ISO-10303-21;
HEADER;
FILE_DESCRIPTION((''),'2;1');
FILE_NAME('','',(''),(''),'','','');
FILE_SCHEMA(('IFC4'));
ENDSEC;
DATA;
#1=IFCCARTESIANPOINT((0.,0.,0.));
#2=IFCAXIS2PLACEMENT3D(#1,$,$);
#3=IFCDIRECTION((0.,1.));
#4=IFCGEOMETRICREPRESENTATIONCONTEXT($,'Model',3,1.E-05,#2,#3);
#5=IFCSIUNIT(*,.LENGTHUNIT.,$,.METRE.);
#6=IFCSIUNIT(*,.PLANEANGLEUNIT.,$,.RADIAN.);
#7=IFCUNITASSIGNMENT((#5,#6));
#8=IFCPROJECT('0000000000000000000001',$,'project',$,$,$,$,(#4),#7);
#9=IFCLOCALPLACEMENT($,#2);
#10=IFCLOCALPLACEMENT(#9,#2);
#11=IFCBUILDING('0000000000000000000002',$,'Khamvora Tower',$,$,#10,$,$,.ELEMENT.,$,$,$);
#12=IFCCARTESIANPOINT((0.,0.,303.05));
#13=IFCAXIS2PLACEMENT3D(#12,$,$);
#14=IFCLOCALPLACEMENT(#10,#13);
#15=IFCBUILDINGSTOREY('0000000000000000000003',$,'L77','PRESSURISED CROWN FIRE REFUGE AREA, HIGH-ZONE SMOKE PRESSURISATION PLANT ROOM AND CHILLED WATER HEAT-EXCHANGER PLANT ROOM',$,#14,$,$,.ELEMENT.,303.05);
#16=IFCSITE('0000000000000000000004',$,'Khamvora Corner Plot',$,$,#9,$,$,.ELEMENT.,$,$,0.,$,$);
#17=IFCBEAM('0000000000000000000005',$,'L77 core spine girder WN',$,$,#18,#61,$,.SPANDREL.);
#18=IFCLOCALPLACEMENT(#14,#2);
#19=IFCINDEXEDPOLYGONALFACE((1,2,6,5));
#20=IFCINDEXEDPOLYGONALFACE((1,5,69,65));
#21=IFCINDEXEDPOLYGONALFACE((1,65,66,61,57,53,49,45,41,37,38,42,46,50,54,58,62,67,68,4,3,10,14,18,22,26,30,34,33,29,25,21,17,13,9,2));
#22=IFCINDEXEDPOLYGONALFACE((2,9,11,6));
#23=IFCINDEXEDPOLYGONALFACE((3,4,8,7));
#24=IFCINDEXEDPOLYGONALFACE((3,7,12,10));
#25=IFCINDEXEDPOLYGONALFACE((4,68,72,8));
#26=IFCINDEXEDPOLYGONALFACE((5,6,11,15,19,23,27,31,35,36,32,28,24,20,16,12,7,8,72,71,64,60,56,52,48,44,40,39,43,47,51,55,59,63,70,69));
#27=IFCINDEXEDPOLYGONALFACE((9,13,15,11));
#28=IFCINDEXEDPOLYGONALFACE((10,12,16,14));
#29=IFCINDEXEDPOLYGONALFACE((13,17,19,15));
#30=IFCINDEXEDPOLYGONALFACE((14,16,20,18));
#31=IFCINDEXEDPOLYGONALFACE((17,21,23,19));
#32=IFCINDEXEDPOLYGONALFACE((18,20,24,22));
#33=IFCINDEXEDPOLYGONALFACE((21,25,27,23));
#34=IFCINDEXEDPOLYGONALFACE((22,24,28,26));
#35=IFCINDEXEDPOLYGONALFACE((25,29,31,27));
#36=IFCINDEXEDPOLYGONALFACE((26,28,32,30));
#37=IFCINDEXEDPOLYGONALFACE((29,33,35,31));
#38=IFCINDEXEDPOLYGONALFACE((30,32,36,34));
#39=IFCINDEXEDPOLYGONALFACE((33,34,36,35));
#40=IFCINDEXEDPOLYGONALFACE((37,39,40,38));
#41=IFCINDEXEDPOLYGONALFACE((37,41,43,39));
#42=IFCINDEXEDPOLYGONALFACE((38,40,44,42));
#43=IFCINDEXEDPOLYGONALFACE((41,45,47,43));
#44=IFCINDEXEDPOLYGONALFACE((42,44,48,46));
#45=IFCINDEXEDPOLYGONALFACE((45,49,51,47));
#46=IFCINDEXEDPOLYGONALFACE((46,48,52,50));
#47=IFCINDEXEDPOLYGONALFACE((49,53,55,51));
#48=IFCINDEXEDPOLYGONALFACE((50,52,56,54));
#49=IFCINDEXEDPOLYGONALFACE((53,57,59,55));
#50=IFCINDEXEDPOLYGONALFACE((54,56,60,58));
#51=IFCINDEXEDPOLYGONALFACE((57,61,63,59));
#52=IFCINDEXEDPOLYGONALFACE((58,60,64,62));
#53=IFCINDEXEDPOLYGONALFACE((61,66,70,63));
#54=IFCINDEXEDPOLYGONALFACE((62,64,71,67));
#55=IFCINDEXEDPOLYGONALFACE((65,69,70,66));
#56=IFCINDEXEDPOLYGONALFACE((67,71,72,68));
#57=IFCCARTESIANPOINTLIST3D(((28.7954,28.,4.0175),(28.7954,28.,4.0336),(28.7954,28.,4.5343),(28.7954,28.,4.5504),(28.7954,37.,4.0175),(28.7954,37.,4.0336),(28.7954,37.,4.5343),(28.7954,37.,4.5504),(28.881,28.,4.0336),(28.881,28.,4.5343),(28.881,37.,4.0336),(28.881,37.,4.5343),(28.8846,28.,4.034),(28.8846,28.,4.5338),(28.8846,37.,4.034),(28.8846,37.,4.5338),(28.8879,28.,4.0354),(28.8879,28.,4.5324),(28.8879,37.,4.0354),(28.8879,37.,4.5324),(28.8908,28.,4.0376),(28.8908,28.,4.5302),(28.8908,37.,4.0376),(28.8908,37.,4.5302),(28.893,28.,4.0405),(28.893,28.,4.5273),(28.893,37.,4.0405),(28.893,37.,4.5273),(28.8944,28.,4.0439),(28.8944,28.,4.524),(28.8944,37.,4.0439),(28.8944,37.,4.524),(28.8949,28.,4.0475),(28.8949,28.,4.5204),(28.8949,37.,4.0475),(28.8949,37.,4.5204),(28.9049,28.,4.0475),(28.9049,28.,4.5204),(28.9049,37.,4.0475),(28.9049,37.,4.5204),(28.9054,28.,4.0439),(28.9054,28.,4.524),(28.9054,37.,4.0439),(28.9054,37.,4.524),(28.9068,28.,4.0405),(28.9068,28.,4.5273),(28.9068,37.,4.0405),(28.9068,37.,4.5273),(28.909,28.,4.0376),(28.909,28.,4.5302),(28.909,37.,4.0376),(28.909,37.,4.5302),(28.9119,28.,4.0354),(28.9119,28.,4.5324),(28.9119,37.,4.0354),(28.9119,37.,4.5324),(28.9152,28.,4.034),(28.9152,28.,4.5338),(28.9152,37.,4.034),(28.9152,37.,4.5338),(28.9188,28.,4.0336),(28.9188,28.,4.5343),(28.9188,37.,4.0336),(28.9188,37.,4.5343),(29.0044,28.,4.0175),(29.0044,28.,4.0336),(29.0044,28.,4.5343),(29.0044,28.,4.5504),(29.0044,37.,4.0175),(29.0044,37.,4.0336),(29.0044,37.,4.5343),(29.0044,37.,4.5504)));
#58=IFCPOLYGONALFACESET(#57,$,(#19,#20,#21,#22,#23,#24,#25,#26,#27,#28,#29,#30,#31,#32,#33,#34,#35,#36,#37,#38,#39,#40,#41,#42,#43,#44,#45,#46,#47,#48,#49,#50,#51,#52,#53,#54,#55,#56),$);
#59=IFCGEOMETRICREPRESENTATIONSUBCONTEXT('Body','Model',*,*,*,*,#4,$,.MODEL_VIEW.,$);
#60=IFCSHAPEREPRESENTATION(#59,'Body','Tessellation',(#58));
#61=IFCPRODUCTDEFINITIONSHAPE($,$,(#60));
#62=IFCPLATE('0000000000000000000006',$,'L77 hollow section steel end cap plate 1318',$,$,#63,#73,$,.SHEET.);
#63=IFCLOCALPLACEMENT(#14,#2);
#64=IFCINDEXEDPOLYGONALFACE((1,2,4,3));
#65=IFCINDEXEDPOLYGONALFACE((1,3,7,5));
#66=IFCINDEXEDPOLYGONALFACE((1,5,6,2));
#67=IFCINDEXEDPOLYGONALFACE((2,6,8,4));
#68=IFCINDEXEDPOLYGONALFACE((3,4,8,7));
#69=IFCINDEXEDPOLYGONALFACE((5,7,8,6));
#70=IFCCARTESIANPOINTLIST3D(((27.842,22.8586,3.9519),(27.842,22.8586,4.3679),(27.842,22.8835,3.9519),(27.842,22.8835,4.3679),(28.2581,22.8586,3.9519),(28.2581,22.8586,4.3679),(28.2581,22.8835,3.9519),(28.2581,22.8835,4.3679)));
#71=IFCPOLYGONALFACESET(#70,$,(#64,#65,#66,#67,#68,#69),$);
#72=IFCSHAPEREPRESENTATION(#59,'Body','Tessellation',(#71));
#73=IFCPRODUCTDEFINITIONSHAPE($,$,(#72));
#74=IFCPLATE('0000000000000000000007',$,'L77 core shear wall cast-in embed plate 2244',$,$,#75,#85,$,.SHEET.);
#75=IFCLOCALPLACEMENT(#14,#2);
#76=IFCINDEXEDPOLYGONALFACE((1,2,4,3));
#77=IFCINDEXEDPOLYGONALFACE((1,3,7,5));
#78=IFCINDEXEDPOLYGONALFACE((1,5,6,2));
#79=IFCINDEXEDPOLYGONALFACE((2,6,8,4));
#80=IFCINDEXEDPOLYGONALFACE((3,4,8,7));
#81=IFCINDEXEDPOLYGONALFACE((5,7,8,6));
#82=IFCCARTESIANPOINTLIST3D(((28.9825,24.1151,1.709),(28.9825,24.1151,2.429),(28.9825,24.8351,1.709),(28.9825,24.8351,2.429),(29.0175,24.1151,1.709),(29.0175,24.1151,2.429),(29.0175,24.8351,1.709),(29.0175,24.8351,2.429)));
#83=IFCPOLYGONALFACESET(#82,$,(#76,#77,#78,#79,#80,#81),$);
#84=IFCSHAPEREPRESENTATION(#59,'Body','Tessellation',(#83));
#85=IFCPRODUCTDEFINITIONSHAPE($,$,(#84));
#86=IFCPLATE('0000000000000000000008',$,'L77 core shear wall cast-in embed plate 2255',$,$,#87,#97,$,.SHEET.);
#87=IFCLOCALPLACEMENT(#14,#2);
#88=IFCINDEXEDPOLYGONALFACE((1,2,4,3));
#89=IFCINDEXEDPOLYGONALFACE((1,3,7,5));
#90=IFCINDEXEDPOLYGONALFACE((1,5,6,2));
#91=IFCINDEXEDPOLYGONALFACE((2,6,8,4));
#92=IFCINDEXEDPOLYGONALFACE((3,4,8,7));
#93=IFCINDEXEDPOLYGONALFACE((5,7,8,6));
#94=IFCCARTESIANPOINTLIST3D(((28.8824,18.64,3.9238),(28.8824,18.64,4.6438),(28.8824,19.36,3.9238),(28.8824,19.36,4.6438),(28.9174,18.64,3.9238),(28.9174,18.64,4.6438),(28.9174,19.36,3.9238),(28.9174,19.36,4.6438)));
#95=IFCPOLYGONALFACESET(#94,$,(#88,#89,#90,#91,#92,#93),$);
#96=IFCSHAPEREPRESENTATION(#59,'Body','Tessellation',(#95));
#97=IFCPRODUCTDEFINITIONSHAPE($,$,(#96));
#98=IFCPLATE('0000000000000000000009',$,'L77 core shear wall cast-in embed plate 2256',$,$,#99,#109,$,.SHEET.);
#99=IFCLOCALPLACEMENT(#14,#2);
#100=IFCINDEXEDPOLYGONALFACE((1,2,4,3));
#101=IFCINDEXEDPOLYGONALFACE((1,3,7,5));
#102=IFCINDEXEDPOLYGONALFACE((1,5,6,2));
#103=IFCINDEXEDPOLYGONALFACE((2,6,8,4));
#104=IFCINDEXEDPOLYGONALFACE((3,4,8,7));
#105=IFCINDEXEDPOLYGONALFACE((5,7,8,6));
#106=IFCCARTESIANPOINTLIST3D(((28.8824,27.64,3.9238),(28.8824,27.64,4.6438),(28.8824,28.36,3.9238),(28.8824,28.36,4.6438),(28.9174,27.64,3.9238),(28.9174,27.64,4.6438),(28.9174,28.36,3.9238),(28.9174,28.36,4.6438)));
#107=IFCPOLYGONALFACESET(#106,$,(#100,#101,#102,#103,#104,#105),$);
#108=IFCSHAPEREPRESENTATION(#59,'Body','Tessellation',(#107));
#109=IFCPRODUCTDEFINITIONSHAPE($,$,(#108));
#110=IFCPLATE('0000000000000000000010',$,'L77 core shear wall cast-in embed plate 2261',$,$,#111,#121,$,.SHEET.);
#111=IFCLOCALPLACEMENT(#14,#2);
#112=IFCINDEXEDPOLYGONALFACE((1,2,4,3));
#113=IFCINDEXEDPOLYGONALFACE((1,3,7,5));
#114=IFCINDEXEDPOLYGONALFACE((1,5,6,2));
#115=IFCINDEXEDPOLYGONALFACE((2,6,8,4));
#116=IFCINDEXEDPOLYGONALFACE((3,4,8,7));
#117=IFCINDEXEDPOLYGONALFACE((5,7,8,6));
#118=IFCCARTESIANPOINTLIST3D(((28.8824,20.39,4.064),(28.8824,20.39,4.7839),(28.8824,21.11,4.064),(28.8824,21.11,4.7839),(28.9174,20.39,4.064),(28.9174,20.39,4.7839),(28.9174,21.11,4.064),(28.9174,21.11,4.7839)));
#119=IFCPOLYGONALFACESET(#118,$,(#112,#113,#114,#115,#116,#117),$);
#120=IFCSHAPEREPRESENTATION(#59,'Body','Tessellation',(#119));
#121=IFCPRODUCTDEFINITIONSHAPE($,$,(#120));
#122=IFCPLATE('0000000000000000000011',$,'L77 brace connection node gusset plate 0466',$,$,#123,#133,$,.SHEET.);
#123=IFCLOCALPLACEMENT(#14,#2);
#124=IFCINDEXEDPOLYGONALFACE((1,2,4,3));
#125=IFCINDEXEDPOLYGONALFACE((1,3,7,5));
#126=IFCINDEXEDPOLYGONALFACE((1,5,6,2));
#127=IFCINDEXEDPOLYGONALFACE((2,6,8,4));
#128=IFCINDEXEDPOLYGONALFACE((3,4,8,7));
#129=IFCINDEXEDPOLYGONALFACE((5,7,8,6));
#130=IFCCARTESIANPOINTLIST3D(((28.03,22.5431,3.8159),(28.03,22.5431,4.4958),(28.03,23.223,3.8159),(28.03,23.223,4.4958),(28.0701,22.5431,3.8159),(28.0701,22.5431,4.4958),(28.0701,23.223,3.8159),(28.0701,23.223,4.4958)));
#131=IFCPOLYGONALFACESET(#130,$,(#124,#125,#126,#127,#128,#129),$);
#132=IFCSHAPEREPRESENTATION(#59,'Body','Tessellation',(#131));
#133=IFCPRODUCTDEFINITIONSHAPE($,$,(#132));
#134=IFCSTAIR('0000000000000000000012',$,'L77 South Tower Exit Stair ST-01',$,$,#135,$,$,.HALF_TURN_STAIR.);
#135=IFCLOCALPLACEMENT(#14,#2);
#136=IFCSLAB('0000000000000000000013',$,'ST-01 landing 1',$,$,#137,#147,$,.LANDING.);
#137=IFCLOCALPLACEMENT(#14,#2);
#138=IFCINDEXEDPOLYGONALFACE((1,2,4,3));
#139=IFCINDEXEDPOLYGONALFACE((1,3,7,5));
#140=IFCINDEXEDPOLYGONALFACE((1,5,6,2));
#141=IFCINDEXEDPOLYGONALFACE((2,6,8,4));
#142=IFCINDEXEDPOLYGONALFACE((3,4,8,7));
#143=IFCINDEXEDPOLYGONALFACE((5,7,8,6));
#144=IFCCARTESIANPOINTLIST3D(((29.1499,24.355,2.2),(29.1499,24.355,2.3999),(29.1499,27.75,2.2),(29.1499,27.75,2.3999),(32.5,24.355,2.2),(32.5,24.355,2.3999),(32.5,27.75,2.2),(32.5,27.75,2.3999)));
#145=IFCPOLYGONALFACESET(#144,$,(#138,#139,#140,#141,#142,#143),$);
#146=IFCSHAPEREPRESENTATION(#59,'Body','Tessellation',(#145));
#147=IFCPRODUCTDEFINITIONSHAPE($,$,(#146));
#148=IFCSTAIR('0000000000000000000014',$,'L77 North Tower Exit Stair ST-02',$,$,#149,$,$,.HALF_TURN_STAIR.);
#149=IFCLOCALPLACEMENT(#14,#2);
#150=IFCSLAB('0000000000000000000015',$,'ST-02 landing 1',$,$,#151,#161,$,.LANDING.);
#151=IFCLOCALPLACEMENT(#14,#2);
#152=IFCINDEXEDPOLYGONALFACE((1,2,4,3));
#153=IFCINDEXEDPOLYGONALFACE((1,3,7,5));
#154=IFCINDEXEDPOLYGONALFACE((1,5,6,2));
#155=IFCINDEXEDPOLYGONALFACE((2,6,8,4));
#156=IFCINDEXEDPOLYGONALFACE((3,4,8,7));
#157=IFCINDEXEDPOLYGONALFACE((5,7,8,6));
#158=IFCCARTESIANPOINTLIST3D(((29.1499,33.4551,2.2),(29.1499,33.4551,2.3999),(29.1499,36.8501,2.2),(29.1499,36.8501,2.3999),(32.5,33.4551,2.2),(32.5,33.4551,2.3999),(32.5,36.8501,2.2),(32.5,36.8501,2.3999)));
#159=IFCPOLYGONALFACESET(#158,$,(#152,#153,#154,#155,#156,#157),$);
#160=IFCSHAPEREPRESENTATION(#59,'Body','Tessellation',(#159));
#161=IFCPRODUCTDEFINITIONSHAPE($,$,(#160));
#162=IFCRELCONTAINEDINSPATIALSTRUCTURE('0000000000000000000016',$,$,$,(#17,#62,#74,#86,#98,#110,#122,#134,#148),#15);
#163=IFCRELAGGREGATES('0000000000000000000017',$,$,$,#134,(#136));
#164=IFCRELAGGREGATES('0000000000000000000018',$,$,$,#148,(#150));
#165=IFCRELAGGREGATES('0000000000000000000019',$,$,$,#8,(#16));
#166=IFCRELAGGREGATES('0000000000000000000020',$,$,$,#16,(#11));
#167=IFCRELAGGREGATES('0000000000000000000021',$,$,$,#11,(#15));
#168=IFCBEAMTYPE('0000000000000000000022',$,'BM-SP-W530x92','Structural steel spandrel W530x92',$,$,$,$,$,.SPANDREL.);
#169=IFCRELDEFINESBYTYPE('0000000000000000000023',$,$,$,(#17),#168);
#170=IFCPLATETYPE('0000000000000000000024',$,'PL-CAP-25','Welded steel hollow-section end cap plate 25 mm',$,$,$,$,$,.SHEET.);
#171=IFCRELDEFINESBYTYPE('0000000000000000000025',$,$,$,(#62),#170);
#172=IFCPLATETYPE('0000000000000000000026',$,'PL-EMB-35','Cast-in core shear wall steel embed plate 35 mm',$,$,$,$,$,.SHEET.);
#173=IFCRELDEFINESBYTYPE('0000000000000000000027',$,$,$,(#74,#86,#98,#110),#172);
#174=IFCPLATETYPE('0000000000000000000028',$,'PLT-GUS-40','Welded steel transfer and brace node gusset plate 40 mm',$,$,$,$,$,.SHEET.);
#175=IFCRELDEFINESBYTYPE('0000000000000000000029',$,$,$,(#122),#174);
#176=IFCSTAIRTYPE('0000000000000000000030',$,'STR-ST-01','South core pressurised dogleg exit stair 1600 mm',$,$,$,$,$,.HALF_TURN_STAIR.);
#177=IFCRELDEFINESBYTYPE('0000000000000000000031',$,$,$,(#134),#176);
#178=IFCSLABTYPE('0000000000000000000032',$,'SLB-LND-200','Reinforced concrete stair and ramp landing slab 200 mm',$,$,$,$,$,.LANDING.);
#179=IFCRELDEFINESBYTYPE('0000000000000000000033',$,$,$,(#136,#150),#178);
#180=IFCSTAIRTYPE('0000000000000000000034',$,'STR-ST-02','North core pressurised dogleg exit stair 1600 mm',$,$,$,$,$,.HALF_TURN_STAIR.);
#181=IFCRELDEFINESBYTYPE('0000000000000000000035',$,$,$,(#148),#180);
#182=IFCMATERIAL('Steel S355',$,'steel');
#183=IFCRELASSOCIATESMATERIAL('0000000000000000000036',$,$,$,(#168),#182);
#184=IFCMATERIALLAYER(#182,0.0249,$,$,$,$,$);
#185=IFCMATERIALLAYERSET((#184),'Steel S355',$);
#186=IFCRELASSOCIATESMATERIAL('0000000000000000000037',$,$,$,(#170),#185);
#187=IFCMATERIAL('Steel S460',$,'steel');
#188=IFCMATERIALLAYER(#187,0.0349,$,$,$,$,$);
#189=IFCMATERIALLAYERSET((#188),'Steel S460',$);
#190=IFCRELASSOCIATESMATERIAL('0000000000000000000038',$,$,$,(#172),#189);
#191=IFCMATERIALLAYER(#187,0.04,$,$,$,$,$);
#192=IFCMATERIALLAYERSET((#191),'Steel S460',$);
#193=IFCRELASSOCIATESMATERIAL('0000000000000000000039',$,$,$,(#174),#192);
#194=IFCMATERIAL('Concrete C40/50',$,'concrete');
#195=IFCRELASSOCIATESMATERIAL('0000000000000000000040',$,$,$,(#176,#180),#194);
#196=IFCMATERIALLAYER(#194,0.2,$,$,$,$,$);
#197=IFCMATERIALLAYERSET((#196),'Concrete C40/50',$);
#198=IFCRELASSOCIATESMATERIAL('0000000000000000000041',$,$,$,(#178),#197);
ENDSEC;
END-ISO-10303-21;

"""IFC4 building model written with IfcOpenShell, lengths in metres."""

from ifc_helpers import new_model, si_unit, direction, frame, origin, origin_2d, place, context, subcontext, project, spatial, polyline, rectangle, i_section, outline, extrude, material, layer, layer_set, material_profile, profile_set, type_object, element, aggregate, save


model = new_model("IFC4")

# Units and contexts
model_context = context("Model", 3, precision=1e-05, world=origin(), true_north=direction((0.0, 1.0)))
body_context = subcontext(model_context, "Body", "Model", "MODEL_VIEW")
ifc_project = project(units=[si_unit("LENGTHUNIT", "METRE"), si_unit("PLANEANGLEUNIT", "RADIAN")], contexts=[model_context])

# Site, building, storey
site_placement = place(None, origin())
site = spatial("IfcSite", under=ifc_project, at=site_placement, Name="Khamvora Corner Plot", CompositionType="ELEMENT", RefElevation=0.0)
building_placement = place(site_placement, origin())
building = spatial("IfcBuilding", under=site, at=building_placement, Name="Khamvora Tower", CompositionType="ELEMENT")
storey_placement = place(building_placement, frame((0.0, 0.0, 303.05)))
storey = spatial("IfcBuildingStorey", under=building, at=storey_placement, Name="L77", Description="PRESSURISED CROWN FIRE REFUGE AREA, HIGH-ZONE SMOKE PRESSURISATION PLANT ROOM AND CHILLED WATER HEAT-EXCHANGER PLANT ROOM", CompositionType="ELEMENT", Elevation=303.05)

# Shared definitions
ifc_material_1 = material(Name="Steel S355", Category="steel")

# Beam
ifc_material_profile_1 = material_profile(ifc_material_1, i_section(OverallWidth=0.209, OverallDepth=0.533, WebThickness=0.01, FlangeThickness=0.0161, FilletRadius=0.0139, at=origin_2d()), Name="W530x92")
ifc_profile_set_1 = profile_set([ifc_material_profile_1], Name="Steel S355")
beam_type_1 = type_object("IfcBeamType", Name="BM-SP-W530x92", Description="Structural steel spandrel W530x92", PredefinedType="SPANDREL", material=ifc_profile_set_1)
for number, where, z_axis, x_axis, name in (
    (1, (28.8999, 28.0, 4.2839), (0.0, 1.0, 0.0), (-1.0, 0.0, 0.0), "L77 core spine girder WN"),
):
    element("IfcBeam", number, at=place(storey_placement, frame(where, z_axis=z_axis, x_axis=x_axis)), inside=storey, type_object=beam_type_1, Name=name, PredefinedType="SPANDREL", context=body_context, shape_type="SweptSolid", body=[
        extrude(i_section(OverallWidth=0.209, OverallDepth=0.533, WebThickness=0.01, FlangeThickness=0.0161, FilletRadius=0.0139, at=origin_2d()), origin(), (0.0, 0.0, 1.0), 9.0),
    ])

# Plates
ifc_layer_1 = layer(ifc_material_1, 0.0249)
ifc_layer_set_1 = layer_set([ifc_layer_1], Name="Steel S355")
plate_type_1 = type_object("IfcPlateType", Name="PL-CAP-25", Description="Welded steel hollow-section end cap plate 25 mm", PredefinedType="SHEET", material=ifc_layer_set_1)
plate_1_placement = place(storey_placement, frame((28.05, 22.8711, 3.9519), z_axis=(0.0, 0.0, 1.0), x_axis=(0.0, -1.0, 0.0)))
element("IfcPlate", 2, at=plate_1_placement, inside=storey, type_object=plate_type_1, Name="L77 hollow section steel end cap plate 1318", PredefinedType="SHEET", context=body_context, shape_type="SweptSolid", body=[
    extrude(rectangle(XDim=0.0249, YDim=0.416, at=origin_2d()), origin(), (0.0, 0.0, 1.0), 0.416),
])
ifc_material_2 = material(Name="Steel S460", Category="steel")
ifc_layer_2 = layer(ifc_material_2, 0.0349)
ifc_layer_set_2 = layer_set([ifc_layer_2], Name="Steel S460")
plate_type_2 = type_object("IfcPlateType", Name="PL-EMB-35", Description="Cast-in core shear wall steel embed plate 35 mm", PredefinedType="SHEET", material=ifc_layer_set_2)
for number, where, z_axis, x_axis, name in (
    (3, (29.0, 24.4751, 1.709), (0.0, 0.0, 1.0), (1.0, 0.0, 0.0), "L77 core shear wall cast-in embed plate 2244"),
    (4, (28.8999, 19.0, 3.9238), (0.0, 0.0, 1.0), (1.0, 0.0, 0.0), "L77 core shear wall cast-in embed plate 2255"),
    (5, (28.8999, 28.0, 3.9238), (0.0, 0.0, 1.0), (1.0, 0.0, 0.0), "L77 core shear wall cast-in embed plate 2256"),
    (6, (28.8999, 20.75, 4.064), (0.0, 0.0, 1.0), (1.0, 0.0, 0.0), "L77 core shear wall cast-in embed plate 2261"),
):
    element("IfcPlate", number, at=place(storey_placement, frame(where, z_axis=z_axis, x_axis=x_axis)), inside=storey, type_object=plate_type_2, Name=name, PredefinedType="SHEET", context=body_context, shape_type="SweptSolid", body=[
        extrude(rectangle(XDim=0.0349, YDim=0.72, at=origin_2d()), origin(), (0.0, 0.0, 1.0), 0.72),
    ])
ifc_layer_3 = layer(ifc_material_2, 0.04)
ifc_layer_set_3 = layer_set([ifc_layer_3], Name="Steel S460")
plate_type_3 = type_object("IfcPlateType", Name="PLT-GUS-40", Description="Welded steel transfer and brace node gusset plate 40 mm", PredefinedType="SHEET", material=ifc_layer_set_3)
plate_2_placement = place(storey_placement, frame((28.05, 22.8831, 3.8159), z_axis=(0.0, 0.0, 1.0), x_axis=(0.0, 1.0, 0.0)))
element("IfcPlate", 7, at=plate_2_placement, inside=storey, type_object=plate_type_3, Name="L77 brace connection node gusset plate 0466", PredefinedType="SHEET", context=body_context, shape_type="SweptSolid", body=[
    extrude(rectangle(XDim=0.6799, YDim=0.04, at=origin_2d()), origin(), (0.0, 0.0, 1.0), 0.6799),
])

# Stairs, slabs
ifc_material_3 = material(Name="Concrete C40/50", Category="concrete")
stair_type_1 = type_object("IfcStairType", Name="STR-ST-01", Description="South core pressurised dogleg exit stair 1600 mm", PredefinedType="HALF_TURN_STAIR", material=ifc_material_3)
stair_1_placement = place(storey_placement, origin())
stair_1 = element("IfcStair", 8, at=stair_1_placement, inside=storey, type_object=stair_type_1, Name="L77 South Tower Exit Stair ST-01", PredefinedType="HALF_TURN_STAIR")
ifc_layer_4 = layer(ifc_material_3, 0.2)
ifc_layer_set_4 = layer_set([ifc_layer_4], Name="Concrete C40/50")
slab_type_1 = type_object("IfcSlabType", Name="SLB-LND-200", Description="Reinforced concrete stair and ramp landing slab 200 mm", PredefinedType="LANDING", material=ifc_layer_set_4)
slab_1_placement = place(storey_placement, frame((0.0, 0.0, 2.2)))
slab_1 = element("IfcSlab", 9, at=slab_1_placement, type_object=slab_type_1, Name="ST-01 landing 1", PredefinedType="LANDING", context=body_context, shape_type="SweptSolid", body=[
    extrude(outline(polyline([(32.5, 24.355), (32.5, 27.75), (29.1499, 27.75), (29.1499, 24.355), (32.5, 24.355)])), origin(), (0.0, 0.0, 1.0), 0.2),
])
aggregate(stair_1, [slab_1])
stair_type_2 = type_object("IfcStairType", Name="STR-ST-02", Description="North core pressurised dogleg exit stair 1600 mm", PredefinedType="HALF_TURN_STAIR", material=ifc_material_3)
stair_2_placement = place(storey_placement, origin())
stair_2 = element("IfcStair", 10, at=stair_2_placement, inside=storey, type_object=stair_type_2, Name="L77 North Tower Exit Stair ST-02", PredefinedType="HALF_TURN_STAIR")
slab_2_placement = place(storey_placement, frame((0.0, 0.0, 2.2)))
slab_2 = element("IfcSlab", 11, at=slab_2_placement, type_object=slab_type_1, Name="ST-02 landing 1", PredefinedType="LANDING", context=body_context, shape_type="SweptSolid", body=[
    extrude(outline(polyline([(32.5, 33.4551), (32.5, 36.8501), (29.1499, 36.8501), (29.1499, 33.4551), (32.5, 33.4551)])), origin(), (0.0, 0.0, 1.0), 0.2),
])
aggregate(stair_2, [slab_2])

save(model, "model.ifc")
